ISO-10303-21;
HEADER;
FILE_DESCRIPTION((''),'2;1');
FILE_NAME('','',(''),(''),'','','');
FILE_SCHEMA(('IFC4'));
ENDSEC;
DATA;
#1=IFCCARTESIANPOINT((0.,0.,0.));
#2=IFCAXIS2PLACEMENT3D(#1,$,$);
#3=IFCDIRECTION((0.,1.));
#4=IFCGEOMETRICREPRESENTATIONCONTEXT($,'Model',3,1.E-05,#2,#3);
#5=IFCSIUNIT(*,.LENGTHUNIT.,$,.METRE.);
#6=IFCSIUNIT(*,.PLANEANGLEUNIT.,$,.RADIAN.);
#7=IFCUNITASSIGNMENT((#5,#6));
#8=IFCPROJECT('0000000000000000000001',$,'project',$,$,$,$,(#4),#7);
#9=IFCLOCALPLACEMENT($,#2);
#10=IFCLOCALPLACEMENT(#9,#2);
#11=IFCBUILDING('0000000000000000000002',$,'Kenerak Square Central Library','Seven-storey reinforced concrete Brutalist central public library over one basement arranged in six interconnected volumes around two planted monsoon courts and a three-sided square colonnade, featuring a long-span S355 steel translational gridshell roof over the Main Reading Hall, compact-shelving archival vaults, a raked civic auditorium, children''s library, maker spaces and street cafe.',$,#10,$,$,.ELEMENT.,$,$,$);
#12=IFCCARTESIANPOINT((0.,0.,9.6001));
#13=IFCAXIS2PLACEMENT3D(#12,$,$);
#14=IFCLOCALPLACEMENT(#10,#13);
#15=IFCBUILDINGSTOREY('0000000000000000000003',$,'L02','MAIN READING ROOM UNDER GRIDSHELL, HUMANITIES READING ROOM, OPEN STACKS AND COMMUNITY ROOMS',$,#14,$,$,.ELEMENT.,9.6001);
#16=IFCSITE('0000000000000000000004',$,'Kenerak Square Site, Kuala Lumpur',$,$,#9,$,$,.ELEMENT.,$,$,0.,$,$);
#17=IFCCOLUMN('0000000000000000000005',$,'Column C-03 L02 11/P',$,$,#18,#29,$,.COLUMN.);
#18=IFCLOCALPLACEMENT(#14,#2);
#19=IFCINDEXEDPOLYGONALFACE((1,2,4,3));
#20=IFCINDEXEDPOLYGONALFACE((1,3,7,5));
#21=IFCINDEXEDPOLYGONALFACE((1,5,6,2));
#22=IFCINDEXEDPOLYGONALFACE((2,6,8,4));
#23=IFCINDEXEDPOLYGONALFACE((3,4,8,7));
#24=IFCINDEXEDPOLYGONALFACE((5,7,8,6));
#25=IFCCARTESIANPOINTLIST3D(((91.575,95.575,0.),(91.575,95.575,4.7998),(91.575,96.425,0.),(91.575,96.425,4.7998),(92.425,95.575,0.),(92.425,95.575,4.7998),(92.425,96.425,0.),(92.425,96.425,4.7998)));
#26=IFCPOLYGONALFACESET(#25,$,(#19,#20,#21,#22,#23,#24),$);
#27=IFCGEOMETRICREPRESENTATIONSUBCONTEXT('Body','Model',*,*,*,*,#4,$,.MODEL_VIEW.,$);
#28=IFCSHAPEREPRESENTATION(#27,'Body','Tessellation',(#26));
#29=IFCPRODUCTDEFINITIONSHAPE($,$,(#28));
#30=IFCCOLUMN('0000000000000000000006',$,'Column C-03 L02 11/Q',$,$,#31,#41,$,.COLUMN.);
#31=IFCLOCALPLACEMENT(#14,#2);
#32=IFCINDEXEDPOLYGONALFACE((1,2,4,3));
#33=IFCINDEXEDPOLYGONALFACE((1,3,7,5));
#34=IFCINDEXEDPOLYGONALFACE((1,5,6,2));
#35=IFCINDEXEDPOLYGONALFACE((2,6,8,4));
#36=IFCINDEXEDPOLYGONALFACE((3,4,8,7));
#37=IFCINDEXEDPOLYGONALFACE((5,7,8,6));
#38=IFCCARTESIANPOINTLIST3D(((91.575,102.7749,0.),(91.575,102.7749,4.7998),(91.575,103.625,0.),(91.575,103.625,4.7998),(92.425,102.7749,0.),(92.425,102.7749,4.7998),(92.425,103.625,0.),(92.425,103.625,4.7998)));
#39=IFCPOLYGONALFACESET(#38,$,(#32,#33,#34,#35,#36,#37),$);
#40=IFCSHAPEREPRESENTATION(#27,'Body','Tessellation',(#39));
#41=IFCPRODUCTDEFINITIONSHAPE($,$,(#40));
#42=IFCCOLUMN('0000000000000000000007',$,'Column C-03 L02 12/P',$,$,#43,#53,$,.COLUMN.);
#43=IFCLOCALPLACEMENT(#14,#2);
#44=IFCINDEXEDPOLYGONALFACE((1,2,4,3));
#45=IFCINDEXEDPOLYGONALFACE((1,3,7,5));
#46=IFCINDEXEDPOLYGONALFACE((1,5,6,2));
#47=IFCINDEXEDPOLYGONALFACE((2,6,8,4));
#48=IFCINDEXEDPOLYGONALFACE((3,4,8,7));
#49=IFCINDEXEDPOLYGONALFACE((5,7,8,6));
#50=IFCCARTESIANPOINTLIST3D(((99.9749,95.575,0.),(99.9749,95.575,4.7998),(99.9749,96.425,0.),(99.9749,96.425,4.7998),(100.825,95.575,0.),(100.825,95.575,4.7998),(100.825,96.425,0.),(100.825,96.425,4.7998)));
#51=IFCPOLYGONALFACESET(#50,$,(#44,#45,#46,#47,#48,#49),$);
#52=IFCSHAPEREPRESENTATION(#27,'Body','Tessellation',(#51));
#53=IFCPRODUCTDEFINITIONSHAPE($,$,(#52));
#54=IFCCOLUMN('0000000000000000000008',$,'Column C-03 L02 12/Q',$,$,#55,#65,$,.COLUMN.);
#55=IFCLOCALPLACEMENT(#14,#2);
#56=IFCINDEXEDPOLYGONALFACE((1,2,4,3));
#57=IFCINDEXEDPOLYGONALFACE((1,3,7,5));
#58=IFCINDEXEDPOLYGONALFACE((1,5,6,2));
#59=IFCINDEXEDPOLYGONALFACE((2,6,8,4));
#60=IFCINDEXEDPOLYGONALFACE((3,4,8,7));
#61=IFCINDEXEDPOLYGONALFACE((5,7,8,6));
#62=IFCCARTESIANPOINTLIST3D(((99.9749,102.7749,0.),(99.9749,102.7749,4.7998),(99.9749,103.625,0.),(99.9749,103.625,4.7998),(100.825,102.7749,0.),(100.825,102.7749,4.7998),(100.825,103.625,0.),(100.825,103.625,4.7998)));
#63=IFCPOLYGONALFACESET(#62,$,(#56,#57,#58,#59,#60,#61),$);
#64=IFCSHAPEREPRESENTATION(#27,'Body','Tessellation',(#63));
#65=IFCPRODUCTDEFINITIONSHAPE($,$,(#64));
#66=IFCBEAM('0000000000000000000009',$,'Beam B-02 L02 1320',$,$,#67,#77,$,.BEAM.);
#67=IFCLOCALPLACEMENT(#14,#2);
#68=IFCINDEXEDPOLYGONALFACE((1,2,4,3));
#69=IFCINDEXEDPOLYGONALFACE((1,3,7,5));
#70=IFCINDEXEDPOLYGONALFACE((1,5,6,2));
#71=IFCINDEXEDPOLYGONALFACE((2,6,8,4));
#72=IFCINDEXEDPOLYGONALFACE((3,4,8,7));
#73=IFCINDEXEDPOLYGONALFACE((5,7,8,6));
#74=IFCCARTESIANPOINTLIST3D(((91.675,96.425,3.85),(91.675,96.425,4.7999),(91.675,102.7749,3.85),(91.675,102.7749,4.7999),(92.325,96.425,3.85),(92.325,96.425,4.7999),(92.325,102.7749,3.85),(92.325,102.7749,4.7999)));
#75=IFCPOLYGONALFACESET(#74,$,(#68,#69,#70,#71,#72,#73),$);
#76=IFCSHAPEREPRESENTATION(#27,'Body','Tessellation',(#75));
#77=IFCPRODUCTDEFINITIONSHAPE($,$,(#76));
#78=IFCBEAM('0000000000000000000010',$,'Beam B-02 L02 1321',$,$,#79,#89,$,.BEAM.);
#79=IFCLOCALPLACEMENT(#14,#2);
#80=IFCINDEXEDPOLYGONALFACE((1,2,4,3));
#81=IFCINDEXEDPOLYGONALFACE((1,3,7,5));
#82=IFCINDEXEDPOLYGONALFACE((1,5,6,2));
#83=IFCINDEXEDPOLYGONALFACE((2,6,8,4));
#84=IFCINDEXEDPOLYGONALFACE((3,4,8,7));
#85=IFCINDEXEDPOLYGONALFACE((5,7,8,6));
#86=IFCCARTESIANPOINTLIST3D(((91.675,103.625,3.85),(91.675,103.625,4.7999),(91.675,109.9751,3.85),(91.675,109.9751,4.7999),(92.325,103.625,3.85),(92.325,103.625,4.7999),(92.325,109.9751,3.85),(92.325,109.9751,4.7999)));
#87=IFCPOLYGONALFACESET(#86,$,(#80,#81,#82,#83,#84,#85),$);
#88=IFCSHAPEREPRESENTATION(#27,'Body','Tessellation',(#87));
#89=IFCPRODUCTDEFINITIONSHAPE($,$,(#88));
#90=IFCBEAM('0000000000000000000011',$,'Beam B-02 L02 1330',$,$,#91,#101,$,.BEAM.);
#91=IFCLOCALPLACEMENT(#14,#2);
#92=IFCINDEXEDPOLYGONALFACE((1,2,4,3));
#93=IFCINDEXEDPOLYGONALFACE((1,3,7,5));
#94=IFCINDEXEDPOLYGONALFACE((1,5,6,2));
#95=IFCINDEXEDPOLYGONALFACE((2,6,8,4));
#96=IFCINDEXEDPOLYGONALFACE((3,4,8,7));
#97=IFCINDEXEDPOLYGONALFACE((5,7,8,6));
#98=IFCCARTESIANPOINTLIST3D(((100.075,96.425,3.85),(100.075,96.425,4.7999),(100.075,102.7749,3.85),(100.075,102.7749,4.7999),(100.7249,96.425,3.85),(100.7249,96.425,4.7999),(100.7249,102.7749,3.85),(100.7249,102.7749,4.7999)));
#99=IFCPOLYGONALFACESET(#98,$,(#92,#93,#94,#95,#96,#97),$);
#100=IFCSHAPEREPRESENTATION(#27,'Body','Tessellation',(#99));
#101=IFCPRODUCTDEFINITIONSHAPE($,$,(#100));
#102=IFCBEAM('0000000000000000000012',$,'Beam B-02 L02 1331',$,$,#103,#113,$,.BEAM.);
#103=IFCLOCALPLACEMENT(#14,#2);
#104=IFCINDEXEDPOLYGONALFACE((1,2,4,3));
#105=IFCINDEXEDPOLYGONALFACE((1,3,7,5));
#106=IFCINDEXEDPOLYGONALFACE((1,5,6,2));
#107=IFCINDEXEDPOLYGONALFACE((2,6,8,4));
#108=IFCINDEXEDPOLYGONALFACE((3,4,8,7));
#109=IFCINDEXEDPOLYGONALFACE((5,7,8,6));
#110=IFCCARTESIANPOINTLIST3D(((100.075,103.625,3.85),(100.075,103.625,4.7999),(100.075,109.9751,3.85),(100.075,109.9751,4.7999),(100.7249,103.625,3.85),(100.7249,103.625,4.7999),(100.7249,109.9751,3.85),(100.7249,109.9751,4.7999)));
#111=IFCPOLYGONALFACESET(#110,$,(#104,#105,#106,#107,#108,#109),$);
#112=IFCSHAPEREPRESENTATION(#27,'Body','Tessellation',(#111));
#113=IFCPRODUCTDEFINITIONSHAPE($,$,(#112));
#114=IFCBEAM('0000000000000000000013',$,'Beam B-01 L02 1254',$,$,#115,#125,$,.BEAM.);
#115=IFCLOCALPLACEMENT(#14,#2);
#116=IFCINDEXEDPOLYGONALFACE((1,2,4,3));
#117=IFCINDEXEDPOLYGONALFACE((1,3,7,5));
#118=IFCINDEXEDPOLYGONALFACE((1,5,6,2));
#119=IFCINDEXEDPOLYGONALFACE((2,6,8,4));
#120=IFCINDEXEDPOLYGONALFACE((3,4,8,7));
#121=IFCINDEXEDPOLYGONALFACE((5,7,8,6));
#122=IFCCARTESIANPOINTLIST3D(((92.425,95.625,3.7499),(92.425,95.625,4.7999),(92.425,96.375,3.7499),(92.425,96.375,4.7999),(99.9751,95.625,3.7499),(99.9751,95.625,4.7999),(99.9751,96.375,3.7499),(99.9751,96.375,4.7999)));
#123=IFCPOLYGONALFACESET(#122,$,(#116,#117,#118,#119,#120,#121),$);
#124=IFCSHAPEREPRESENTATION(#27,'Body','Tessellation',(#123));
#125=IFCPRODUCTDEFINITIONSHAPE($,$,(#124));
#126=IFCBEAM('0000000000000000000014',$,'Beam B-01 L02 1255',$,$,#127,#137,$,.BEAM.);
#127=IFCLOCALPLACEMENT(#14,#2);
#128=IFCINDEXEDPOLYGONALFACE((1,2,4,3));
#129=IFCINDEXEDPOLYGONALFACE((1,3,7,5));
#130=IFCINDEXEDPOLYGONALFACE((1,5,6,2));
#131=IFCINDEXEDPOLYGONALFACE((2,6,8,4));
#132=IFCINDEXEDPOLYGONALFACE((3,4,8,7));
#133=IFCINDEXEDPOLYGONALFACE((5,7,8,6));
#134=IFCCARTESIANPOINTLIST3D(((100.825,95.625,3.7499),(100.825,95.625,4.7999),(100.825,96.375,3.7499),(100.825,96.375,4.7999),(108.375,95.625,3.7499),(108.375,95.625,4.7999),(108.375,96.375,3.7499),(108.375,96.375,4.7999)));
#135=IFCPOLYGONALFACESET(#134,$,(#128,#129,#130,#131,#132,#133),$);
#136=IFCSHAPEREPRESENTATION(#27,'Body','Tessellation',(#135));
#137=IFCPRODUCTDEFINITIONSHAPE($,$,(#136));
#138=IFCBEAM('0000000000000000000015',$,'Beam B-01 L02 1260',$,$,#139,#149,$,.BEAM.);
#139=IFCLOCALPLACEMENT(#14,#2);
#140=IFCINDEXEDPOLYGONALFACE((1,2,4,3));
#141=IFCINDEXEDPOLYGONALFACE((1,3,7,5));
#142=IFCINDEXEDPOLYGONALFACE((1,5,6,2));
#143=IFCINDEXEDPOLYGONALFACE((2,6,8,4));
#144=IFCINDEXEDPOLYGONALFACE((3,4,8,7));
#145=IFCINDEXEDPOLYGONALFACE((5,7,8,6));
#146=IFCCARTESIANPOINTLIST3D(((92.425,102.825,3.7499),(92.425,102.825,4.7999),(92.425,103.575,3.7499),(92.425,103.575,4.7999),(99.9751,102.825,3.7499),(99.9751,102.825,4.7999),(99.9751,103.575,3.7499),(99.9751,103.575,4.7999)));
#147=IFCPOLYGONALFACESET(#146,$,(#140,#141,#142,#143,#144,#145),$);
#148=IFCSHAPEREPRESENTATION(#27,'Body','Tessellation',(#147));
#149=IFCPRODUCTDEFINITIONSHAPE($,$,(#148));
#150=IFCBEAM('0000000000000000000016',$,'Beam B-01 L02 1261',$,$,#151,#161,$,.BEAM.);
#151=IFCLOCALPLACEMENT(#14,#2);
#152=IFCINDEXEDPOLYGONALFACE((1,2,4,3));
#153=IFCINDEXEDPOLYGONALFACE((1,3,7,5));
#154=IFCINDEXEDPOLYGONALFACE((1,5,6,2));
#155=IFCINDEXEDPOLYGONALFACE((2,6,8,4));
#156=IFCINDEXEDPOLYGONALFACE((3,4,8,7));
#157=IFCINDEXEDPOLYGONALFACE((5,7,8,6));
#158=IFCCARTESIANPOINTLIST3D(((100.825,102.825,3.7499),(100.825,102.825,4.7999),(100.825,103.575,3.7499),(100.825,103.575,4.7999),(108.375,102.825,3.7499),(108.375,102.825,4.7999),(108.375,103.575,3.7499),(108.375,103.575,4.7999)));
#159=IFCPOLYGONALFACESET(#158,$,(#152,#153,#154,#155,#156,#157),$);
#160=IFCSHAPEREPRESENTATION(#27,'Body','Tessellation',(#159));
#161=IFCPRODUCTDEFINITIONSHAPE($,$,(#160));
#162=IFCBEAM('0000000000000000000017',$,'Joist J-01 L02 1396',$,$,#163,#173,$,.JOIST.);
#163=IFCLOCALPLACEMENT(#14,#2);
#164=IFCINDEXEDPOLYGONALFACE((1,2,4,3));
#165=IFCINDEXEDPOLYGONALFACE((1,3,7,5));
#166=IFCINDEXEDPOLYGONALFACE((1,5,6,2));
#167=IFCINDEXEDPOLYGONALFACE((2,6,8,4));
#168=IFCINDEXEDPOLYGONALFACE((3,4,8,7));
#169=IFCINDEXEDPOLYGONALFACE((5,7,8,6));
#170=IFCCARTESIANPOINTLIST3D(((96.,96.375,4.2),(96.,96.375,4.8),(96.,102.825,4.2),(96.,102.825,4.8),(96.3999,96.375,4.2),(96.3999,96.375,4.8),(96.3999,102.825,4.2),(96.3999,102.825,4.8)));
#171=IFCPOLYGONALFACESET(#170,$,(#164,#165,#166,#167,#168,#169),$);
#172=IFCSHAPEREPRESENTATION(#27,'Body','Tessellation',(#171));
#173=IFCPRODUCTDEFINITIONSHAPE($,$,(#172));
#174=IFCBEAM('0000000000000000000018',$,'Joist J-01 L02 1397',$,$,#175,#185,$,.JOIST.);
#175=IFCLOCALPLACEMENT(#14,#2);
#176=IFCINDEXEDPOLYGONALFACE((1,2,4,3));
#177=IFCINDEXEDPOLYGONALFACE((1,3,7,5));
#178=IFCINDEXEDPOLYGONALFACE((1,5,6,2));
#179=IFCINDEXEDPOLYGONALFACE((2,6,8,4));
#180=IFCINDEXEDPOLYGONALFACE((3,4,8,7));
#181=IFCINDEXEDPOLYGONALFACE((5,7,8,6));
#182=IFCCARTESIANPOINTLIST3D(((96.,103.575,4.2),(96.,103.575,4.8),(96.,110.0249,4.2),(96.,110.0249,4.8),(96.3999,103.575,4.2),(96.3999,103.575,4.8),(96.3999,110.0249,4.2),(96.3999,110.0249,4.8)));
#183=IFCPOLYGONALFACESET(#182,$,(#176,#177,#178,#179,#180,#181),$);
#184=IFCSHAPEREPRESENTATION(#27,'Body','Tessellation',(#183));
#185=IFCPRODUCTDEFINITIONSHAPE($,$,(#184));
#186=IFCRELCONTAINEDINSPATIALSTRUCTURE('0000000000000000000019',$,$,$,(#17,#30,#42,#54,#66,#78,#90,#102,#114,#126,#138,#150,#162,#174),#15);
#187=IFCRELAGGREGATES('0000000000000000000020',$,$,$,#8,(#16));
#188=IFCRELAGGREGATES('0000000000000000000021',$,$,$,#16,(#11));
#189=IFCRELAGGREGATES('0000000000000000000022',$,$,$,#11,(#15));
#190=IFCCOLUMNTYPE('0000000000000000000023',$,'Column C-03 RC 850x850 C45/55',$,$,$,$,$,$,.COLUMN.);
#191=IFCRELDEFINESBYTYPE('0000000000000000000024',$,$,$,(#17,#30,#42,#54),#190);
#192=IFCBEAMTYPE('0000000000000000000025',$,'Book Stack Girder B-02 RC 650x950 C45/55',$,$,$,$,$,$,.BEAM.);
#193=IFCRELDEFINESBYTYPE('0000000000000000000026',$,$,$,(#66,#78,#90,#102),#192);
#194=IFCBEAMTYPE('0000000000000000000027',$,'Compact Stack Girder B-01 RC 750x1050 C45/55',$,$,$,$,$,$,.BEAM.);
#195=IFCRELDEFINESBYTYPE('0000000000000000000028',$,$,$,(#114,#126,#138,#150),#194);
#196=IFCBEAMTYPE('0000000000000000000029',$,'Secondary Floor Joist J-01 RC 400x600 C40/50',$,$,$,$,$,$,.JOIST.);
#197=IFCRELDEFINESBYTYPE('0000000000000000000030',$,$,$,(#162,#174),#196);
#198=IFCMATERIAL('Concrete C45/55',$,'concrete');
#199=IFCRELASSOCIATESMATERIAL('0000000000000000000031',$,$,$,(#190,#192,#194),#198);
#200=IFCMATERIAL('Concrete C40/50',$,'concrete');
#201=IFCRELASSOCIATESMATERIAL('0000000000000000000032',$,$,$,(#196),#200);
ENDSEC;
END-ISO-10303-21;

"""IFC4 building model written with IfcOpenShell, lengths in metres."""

from ifc_helpers import new_model, si_unit, direction, frame, origin, origin_2d, place, context, subcontext, project, spatial, rectangle, extrude, material, material_profile, profile_set, type_object, element, save


model = new_model("IFC4")

# Units and contexts
model_context = context("Model", 3, precision=1e-05, world=origin(), true_north=direction((0.0, 1.0)))
body_context = subcontext(model_context, "Body", "Model", "MODEL_VIEW")
ifc_project = project(units=[si_unit("LENGTHUNIT", "METRE"), si_unit("PLANEANGLEUNIT", "RADIAN")], contexts=[model_context])

# Site, building, storey
site_placement = place(None, origin())
site = spatial("IfcSite", under=ifc_project, at=site_placement, Name="Kenerak Square Site, Kuala Lumpur", CompositionType="ELEMENT", RefElevation=0.0)
building_placement = place(site_placement, origin())
building = spatial("IfcBuilding", under=site, at=building_placement, Name="Kenerak Square Central Library", Description="Seven-storey reinforced concrete Brutalist central public library over one basement arranged in six interconnected volumes around two planted monsoon courts and a three-sided square colonnade, featuring a long-span S355 steel translational gridshell roof over the Main Reading Hall, compact-shelving archival vaults, a raked civic auditorium, children's library, maker spaces and street cafe.", CompositionType="ELEMENT")
storey_placement = place(building_placement, frame((0.0, 0.0, 9.6001)))
storey = spatial("IfcBuildingStorey", under=building, at=storey_placement, Name="L02", Description="MAIN READING ROOM UNDER GRIDSHELL, HUMANITIES READING ROOM, OPEN STACKS AND COMMUNITY ROOMS", CompositionType="ELEMENT", Elevation=9.6001)

# Columns
ifc_material_1 = material(Name="Concrete C45/55", Category="concrete")
ifc_material_profile_1 = material_profile(ifc_material_1, rectangle(XDim=0.8501, YDim=0.8501, at=origin_2d()), Name="RC 850x850")
ifc_profile_set_1 = profile_set([ifc_material_profile_1], Name="Concrete C45/55")
column_type = type_object("IfcColumnType", Name="Column C-03 RC 850x850 C45/55", PredefinedType="COLUMN", material=ifc_profile_set_1)
for number, where, z_axis, x_axis, name in (
    (1, (92.0, 96.0, 0.0), (0.0, 0.0, 1.0), (1.0, 0.0, 0.0), "Column C-03 L02 11/P"),
    (2, (92.0, 103.2, 0.0), (0.0, 0.0, 1.0), (1.0, 0.0, 0.0), "Column C-03 L02 11/Q"),
    (3, (100.3999, 96.0, 0.0), (0.0, 0.0, 1.0), (1.0, 0.0, 0.0), "Column C-03 L02 12/P"),
    (4, (100.3999, 103.2, 0.0), (0.0, 0.0, 1.0), (1.0, 0.0, 0.0), "Column C-03 L02 12/Q"),
):
    element("IfcColumn", number, at=place(storey_placement, frame(where, z_axis=z_axis, x_axis=x_axis)), inside=storey, type_object=column_type, Name=name, PredefinedType="COLUMN", context=body_context, shape_type="SweptSolid", body=[
        extrude(rectangle(XDim=0.8501, YDim=0.8501, at=origin_2d()), origin(), (0.0, 0.0, 1.0), 4.7998),
    ])

# Beams
ifc_material_profile_2 = material_profile(ifc_material_1, rectangle(XDim=0.6499, YDim=0.95, at=origin_2d()), Name="RC 650x950")
ifc_profile_set_2 = profile_set([ifc_material_profile_2], Name="Concrete C45/55")
beam_type_1 = type_object("IfcBeamType", Name="Book Stack Girder B-02 RC 650x950 C45/55", PredefinedType="BEAM", material=ifc_profile_set_2)
beam_1_placement = place(storey_placement, frame((92.0, 96.425, 4.325), z_axis=(0.0, 1.0, 0.0), x_axis=(-1.0, 0.0, 0.0)))
element("IfcBeam", 5, at=beam_1_placement, inside=storey, type_object=beam_type_1, Name="Beam B-02 L02 1320", PredefinedType="BEAM", context=body_context, shape_type="SweptSolid", body=[
    extrude(rectangle(XDim=0.6499, YDim=0.95, at=origin_2d()), origin(), (0.0, 0.0, 1.0), 6.3499),
])
beam_2_placement = place(storey_placement, frame((92.0, 103.625, 4.325), z_axis=(0.0, 1.0, 0.0), x_axis=(-1.0, 0.0, 0.0)))
element("IfcBeam", 6, at=beam_2_placement, inside=storey, type_object=beam_type_1, Name="Beam B-02 L02 1321", PredefinedType="BEAM", context=body_context, shape_type="SweptSolid", body=[
    extrude(rectangle(XDim=0.6499, YDim=0.95, at=origin_2d()), origin(), (0.0, 0.0, 1.0), 6.3501),
])
beam_3_placement = place(storey_placement, frame((100.3999, 96.425, 4.325), z_axis=(0.0, 1.0, 0.0), x_axis=(-1.0, 0.0, 0.0)))
element("IfcBeam", 7, at=beam_3_placement, inside=storey, type_object=beam_type_1, Name="Beam B-02 L02 1330", PredefinedType="BEAM", context=body_context, shape_type="SweptSolid", body=[
    extrude(rectangle(XDim=0.6499, YDim=0.95, at=origin_2d()), origin(), (0.0, 0.0, 1.0), 6.3499),
])
beam_4_placement = place(storey_placement, frame((100.3999, 103.625, 4.325), z_axis=(0.0, 1.0, 0.0), x_axis=(-1.0, 0.0, 0.0)))
element("IfcBeam", 8, at=beam_4_placement, inside=storey, type_object=beam_type_1, Name="Beam B-02 L02 1331", PredefinedType="BEAM", context=body_context, shape_type="SweptSolid", body=[
    extrude(rectangle(XDim=0.6499, YDim=0.95, at=origin_2d()), origin(), (0.0, 0.0, 1.0), 6.3501),
])
ifc_material_profile_3 = material_profile(ifc_material_1, rectangle(XDim=0.75, YDim=1.05, at=origin_2d()), Name="RC 750x1050")
ifc_profile_set_3 = profile_set([ifc_material_profile_3], Name="Concrete C45/55")
beam_type_2 = type_object("IfcBeamType", Name="Compact Stack Girder B-01 RC 750x1050 C45/55", PredefinedType="BEAM", material=ifc_profile_set_3)
for number, where, z_axis, x_axis, name in (
    (9, (92.425, 96.0, 4.2749), (1.0, 0.0, 0.0), (0.0, 1.0, 0.0), "Beam B-01 L02 1254"),
    (10, (100.825, 96.0, 4.2749), (1.0, 0.0, 0.0), (0.0, 1.0, 0.0), "Beam B-01 L02 1255"),
    (11, (92.425, 103.2, 4.2749), (1.0, 0.0, 0.0), (0.0, 1.0, 0.0), "Beam B-01 L02 1260"),
    (12, (100.825, 103.2, 4.2749), (1.0, 0.0, 0.0), (0.0, 1.0, 0.0), "Beam B-01 L02 1261"),
):
    element("IfcBeam", number, at=place(storey_placement, frame(where, z_axis=z_axis, x_axis=x_axis)), inside=storey, type_object=beam_type_2, Name=name, PredefinedType="BEAM", context=body_context, shape_type="SweptSolid", body=[
        extrude(rectangle(XDim=0.75, YDim=1.05, at=origin_2d()), origin(), (0.0, 0.0, 1.0), 7.55),
    ])
ifc_material_2 = material(Name="Concrete C40/50", Category="concrete")
ifc_material_profile_4 = material_profile(ifc_material_2, rectangle(XDim=0.3999, YDim=0.6001, at=origin_2d()), Name="RC 400x600")
ifc_profile_set_4 = profile_set([ifc_material_profile_4], Name="Concrete C40/50")
beam_type_3 = type_object("IfcBeamType", Name="Secondary Floor Joist J-01 RC 400x600 C40/50", PredefinedType="JOIST", material=ifc_profile_set_4)
for number, where, z_axis, x_axis, name in (
    (13, (96.2, 96.375, 4.5), (0.0, 1.0, 0.0), (-1.0, 0.0, 0.0), "Joist J-01 L02 1396"),
    (14, (96.2, 103.575, 4.5), (0.0, 1.0, 0.0), (-1.0, 0.0, 0.0), "Joist J-01 L02 1397"),
):
    element("IfcBeam", number, at=place(storey_placement, frame(where, z_axis=z_axis, x_axis=x_axis)), inside=storey, type_object=beam_type_3, Name=name, PredefinedType="JOIST", context=body_context, shape_type="SweptSolid", body=[
        extrude(rectangle(XDim=0.3999, YDim=0.6001, at=origin_2d()), origin(), (0.0, 0.0, 1.0), 6.45),
    ])

save(model, "model.ifc")
